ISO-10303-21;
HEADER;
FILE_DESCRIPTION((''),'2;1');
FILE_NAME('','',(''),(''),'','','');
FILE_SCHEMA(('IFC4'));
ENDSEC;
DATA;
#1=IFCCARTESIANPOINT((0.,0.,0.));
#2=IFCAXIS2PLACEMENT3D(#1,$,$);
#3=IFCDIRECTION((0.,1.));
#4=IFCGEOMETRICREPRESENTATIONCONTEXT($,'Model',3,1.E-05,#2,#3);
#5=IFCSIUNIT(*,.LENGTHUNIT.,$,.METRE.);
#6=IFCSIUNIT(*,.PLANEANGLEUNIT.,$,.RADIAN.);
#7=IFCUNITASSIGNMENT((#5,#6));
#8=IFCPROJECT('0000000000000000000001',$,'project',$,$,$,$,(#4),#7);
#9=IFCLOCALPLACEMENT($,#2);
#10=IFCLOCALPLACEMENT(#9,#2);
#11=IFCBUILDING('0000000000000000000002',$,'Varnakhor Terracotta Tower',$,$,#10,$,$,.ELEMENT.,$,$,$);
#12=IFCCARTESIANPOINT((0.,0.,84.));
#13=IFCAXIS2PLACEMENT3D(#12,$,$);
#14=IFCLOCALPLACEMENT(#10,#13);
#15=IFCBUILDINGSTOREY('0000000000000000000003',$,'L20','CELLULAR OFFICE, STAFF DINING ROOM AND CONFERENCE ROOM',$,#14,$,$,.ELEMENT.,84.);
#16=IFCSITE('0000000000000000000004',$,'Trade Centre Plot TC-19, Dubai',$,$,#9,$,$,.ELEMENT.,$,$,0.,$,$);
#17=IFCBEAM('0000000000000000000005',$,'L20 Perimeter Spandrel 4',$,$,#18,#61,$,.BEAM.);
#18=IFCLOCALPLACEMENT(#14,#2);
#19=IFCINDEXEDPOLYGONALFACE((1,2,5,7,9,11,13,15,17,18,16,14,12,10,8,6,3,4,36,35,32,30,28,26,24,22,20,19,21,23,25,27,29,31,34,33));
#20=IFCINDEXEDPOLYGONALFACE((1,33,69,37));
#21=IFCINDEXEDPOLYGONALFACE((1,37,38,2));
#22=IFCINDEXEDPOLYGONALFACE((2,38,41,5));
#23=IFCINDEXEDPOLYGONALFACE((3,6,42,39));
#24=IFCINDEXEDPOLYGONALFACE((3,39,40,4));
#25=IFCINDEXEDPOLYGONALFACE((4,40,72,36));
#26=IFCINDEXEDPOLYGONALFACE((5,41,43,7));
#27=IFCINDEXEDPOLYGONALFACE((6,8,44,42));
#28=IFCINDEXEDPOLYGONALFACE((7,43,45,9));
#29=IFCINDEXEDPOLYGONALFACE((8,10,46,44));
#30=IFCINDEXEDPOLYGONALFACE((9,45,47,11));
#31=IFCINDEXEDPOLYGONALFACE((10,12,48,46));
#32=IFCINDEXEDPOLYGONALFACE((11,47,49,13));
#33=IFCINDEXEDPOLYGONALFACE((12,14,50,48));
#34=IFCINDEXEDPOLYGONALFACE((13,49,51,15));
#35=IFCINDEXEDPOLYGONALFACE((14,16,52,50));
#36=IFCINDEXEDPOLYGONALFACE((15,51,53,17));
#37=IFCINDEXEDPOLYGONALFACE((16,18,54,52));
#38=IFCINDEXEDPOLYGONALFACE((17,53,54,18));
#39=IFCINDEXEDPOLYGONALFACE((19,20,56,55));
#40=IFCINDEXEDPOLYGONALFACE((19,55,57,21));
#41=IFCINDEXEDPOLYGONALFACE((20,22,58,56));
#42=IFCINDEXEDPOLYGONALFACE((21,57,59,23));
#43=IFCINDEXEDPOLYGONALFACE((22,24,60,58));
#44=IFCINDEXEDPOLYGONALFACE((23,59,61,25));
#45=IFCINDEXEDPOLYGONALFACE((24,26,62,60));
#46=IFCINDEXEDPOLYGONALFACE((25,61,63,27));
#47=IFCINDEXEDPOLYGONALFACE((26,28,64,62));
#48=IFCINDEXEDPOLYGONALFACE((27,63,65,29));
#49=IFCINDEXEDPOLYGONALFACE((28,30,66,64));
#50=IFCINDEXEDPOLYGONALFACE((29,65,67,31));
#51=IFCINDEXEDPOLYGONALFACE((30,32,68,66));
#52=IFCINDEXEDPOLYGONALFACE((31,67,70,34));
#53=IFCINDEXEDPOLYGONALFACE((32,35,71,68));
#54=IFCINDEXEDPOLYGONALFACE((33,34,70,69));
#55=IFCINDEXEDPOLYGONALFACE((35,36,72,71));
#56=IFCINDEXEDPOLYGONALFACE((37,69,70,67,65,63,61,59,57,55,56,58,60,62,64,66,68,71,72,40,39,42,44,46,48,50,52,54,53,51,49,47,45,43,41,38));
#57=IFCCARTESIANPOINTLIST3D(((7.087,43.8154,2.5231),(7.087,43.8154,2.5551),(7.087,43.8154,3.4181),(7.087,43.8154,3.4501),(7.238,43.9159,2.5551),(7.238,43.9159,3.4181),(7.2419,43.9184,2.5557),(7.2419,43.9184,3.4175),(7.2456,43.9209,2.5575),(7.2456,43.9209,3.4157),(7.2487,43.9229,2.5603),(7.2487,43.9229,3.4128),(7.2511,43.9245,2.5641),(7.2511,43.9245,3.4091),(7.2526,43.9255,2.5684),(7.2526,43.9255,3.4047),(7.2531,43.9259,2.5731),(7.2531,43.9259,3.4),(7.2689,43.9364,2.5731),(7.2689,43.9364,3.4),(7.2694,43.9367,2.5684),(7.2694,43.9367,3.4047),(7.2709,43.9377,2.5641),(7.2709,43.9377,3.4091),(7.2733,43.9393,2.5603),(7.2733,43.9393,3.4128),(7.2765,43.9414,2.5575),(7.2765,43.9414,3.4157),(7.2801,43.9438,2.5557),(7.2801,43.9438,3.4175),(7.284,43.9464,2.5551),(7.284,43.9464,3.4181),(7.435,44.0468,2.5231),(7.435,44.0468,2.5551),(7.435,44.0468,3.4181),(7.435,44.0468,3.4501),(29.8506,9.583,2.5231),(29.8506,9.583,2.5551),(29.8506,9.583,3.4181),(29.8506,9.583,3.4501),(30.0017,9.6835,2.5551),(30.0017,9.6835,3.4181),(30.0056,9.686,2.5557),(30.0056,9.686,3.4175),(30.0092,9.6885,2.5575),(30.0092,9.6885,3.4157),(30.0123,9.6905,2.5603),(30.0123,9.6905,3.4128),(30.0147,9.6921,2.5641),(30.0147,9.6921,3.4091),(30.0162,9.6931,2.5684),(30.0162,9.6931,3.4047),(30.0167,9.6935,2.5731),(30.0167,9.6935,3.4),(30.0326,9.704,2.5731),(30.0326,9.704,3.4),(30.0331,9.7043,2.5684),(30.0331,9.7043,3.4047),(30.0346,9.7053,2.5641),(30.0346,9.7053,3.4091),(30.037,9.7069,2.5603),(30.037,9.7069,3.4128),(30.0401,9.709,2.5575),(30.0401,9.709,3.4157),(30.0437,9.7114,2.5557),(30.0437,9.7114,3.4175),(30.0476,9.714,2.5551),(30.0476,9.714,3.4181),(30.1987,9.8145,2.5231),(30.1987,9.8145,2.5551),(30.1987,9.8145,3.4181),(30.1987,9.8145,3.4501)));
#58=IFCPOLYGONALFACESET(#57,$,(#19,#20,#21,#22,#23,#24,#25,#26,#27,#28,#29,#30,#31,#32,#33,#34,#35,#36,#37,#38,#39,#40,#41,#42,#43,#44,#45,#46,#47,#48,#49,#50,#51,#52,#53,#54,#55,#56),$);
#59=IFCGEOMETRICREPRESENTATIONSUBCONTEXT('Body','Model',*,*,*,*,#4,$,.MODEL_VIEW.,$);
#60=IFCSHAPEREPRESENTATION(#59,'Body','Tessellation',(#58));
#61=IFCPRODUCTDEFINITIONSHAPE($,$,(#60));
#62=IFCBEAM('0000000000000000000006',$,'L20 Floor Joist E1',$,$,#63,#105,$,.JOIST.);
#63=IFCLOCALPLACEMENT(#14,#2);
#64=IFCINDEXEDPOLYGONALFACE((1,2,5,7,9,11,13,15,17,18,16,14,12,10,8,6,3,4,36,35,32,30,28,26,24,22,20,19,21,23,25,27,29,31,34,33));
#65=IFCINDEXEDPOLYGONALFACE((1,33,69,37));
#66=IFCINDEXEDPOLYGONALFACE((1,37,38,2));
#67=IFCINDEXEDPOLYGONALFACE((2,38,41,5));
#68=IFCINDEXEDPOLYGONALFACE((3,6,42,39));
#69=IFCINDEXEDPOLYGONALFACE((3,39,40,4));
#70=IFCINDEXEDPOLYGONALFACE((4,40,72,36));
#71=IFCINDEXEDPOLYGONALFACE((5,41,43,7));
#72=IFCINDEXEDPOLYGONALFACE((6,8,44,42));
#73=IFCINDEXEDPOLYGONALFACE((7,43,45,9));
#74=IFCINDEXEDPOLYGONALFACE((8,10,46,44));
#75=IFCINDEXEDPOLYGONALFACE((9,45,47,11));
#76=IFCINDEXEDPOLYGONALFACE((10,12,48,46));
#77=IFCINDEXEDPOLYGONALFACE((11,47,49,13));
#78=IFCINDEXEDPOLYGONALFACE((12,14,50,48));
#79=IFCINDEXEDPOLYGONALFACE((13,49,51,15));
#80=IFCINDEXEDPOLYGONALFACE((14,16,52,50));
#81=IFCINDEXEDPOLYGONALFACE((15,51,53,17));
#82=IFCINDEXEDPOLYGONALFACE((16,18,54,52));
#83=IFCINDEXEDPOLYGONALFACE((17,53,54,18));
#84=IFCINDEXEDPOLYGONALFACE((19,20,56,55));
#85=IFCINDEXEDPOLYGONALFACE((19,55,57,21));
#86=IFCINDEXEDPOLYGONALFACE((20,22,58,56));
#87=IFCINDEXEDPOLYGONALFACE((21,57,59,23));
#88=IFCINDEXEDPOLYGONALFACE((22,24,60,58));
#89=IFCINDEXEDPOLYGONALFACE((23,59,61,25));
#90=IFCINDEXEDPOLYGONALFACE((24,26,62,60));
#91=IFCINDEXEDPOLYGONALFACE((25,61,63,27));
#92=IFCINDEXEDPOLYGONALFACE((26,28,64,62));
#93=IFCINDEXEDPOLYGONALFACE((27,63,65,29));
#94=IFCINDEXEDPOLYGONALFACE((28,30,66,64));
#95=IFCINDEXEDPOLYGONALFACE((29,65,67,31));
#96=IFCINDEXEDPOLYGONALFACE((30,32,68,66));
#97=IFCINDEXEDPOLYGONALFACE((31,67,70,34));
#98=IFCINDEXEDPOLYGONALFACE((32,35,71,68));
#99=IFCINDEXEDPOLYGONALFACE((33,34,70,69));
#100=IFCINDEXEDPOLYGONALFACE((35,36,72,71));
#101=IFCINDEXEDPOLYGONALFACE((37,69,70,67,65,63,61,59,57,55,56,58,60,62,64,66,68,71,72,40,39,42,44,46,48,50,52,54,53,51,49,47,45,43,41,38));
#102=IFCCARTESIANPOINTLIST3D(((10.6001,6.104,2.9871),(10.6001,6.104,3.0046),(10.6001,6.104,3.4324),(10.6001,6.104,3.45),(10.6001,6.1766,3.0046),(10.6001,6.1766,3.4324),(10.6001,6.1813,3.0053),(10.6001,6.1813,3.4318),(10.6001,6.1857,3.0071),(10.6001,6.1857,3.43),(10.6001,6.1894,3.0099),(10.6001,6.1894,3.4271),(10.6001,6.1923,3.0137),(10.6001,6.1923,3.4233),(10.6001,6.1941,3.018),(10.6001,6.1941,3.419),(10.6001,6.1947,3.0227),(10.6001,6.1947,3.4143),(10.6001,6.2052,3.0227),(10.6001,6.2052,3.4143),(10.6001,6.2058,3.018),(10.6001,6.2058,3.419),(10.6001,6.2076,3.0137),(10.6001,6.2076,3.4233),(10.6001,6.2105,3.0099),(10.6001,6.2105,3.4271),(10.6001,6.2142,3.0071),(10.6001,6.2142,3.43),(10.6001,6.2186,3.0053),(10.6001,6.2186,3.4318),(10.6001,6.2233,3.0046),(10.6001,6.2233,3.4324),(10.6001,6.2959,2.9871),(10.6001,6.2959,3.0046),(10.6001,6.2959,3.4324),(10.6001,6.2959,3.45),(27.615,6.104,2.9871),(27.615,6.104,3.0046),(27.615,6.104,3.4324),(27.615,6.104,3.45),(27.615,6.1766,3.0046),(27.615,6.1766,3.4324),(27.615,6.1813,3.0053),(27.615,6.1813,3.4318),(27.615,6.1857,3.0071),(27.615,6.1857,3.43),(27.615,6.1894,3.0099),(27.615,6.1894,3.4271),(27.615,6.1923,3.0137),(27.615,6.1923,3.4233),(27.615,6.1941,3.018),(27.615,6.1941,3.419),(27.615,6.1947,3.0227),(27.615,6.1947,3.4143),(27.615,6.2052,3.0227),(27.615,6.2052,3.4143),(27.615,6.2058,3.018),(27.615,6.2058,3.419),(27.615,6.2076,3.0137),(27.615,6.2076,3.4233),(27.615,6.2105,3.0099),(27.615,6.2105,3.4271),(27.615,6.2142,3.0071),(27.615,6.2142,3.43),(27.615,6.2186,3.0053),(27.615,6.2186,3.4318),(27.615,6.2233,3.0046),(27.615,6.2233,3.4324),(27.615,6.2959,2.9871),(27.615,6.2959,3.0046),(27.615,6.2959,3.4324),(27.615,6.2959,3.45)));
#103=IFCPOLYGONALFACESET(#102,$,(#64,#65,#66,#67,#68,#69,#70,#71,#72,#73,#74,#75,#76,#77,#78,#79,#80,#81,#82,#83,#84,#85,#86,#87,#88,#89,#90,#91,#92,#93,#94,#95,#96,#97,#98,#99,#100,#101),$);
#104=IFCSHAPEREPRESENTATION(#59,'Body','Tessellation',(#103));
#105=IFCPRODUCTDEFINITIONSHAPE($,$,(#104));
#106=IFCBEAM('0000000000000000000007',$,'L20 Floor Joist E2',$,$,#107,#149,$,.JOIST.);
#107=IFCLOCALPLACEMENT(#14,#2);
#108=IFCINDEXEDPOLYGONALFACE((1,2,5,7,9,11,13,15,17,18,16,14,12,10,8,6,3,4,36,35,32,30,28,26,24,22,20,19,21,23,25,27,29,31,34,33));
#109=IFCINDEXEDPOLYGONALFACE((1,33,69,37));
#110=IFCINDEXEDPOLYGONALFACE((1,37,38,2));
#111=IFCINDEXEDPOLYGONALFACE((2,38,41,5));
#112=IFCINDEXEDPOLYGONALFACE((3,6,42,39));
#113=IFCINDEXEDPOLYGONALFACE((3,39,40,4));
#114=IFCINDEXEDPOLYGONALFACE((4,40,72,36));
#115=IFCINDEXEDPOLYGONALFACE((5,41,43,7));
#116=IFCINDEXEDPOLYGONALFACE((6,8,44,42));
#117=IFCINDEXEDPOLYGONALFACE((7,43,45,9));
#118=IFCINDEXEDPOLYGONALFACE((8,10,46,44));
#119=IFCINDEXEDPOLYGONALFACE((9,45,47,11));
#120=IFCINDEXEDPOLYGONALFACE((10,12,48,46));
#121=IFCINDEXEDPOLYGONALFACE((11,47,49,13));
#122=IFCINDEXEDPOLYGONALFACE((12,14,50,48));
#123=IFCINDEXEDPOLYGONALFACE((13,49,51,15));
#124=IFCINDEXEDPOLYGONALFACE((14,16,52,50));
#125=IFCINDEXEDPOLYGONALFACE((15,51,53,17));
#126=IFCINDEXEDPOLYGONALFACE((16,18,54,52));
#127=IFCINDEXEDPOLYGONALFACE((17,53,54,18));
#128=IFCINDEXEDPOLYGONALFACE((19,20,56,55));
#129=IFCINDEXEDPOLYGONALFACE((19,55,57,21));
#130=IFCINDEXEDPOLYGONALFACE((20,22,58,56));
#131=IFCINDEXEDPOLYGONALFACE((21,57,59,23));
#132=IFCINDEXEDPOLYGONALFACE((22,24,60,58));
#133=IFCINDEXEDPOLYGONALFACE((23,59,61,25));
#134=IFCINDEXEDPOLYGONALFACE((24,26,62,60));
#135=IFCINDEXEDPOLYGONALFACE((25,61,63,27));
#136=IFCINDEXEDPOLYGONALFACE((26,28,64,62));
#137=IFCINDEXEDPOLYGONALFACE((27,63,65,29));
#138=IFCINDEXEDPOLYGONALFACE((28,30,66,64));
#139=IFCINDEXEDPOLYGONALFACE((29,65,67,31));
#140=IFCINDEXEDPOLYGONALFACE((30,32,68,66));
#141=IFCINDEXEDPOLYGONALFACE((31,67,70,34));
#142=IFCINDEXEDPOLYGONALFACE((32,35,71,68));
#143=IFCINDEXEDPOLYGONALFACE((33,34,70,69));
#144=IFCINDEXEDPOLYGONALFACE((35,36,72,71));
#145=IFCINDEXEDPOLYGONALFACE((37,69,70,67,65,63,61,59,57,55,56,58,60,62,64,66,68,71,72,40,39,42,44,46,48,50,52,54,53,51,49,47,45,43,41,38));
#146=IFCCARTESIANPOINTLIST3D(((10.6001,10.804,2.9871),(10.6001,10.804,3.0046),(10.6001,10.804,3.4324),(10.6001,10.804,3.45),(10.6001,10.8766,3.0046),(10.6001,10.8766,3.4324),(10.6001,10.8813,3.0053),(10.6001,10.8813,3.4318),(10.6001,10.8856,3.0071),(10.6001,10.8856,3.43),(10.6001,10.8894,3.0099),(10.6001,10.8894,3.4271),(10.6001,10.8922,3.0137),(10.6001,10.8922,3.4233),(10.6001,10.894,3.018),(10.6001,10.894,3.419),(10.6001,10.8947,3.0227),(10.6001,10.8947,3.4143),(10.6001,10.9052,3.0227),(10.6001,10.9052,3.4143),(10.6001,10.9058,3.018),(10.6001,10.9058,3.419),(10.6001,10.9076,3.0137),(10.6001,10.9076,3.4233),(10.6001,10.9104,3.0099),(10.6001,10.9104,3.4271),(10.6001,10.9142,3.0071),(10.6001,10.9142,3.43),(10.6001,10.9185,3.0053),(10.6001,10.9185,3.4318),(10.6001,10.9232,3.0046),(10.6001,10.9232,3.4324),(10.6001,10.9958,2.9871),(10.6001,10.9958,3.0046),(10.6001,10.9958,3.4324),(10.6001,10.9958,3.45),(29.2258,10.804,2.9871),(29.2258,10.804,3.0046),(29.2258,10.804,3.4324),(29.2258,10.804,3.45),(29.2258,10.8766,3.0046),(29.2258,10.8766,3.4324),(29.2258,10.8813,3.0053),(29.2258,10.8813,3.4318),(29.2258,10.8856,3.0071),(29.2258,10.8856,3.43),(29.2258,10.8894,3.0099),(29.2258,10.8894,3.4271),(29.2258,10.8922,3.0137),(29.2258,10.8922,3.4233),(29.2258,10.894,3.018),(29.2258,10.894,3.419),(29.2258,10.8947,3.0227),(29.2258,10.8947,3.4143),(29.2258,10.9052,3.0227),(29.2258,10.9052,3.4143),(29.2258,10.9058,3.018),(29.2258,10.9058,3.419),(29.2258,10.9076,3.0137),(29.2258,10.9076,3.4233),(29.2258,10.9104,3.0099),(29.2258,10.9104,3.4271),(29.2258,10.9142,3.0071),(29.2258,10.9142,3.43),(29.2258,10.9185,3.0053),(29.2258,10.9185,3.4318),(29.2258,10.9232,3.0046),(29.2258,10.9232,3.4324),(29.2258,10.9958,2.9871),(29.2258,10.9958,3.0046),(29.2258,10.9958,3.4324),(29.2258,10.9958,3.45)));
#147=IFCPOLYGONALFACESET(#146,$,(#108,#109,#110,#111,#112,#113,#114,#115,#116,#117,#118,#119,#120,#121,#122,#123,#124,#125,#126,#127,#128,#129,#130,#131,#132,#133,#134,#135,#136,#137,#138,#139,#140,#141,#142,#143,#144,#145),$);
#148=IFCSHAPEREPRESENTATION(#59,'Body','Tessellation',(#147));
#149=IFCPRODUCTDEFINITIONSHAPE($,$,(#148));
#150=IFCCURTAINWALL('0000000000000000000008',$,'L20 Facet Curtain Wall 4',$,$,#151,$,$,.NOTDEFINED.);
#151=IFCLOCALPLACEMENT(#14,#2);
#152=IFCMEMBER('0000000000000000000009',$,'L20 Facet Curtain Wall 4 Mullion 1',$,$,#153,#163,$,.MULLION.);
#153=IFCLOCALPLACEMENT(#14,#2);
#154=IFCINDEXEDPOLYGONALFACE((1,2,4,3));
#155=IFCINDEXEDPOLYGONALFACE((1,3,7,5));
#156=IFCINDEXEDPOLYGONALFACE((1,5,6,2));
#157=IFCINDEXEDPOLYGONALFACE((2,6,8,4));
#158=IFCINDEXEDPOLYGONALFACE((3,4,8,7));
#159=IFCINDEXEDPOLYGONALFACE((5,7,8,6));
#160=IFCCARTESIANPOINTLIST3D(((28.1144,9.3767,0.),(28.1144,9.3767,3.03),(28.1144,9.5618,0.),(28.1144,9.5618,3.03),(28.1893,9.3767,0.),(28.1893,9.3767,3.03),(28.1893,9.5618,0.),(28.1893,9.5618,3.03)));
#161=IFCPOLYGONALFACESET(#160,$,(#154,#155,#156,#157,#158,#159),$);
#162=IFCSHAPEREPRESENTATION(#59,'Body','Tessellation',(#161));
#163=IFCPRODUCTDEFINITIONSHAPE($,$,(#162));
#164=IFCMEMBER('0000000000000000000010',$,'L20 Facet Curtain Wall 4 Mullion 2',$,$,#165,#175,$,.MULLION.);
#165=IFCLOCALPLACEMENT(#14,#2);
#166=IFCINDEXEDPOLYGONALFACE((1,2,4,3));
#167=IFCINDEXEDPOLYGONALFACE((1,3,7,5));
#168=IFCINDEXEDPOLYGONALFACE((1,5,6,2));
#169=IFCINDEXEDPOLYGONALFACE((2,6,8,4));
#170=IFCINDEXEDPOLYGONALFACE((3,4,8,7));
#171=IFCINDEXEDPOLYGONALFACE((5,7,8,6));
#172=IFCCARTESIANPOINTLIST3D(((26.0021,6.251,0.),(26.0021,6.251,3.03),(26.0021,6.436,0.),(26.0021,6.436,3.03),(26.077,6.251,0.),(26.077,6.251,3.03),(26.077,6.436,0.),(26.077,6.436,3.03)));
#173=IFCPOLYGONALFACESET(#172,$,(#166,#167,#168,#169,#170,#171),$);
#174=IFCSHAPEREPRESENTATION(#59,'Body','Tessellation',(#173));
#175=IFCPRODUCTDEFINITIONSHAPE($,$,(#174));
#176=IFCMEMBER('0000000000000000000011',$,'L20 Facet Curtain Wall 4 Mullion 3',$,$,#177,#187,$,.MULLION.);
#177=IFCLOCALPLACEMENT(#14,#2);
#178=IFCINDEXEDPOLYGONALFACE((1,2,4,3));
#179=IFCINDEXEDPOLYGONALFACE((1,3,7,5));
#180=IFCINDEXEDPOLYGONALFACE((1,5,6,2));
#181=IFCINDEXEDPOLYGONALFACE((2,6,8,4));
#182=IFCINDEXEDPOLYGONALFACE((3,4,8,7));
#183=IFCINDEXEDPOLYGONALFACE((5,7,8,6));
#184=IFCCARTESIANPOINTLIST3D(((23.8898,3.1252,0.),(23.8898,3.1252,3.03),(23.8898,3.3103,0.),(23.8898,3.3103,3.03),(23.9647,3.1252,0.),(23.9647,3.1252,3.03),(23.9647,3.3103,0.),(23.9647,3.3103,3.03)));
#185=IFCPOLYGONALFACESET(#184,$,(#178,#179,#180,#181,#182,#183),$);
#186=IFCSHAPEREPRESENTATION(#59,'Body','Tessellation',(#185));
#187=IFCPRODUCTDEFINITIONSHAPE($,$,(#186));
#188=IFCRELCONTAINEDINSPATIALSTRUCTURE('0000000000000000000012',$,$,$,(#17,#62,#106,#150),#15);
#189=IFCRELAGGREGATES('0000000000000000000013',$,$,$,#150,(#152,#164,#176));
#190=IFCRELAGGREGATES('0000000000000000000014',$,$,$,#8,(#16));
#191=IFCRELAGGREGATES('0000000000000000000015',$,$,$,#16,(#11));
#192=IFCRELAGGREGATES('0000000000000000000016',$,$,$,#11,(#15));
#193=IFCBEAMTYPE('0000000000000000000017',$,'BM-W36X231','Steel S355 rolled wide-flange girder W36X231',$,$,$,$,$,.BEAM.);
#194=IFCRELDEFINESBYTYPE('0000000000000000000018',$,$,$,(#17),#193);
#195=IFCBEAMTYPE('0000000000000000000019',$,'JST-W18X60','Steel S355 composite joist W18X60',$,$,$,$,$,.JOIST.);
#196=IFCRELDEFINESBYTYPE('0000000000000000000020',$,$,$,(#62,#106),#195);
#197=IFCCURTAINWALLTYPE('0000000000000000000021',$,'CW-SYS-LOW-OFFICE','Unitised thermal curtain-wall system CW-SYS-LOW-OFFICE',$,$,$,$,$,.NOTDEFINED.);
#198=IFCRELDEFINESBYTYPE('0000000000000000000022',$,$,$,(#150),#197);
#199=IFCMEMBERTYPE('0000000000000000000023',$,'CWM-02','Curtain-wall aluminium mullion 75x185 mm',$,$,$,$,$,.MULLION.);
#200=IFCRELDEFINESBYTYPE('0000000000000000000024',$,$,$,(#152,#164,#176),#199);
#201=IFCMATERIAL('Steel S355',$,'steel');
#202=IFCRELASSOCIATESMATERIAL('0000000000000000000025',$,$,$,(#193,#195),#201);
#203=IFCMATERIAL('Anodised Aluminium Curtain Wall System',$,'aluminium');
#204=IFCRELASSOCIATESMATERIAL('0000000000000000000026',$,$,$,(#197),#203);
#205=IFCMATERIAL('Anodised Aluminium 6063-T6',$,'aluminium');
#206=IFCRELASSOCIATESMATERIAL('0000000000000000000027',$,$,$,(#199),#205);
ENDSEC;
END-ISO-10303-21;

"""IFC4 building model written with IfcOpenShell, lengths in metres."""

from ifc_helpers import new_model, si_unit, direction, frame, origin, origin_2d, place, context, subcontext, project, spatial, rectangle, i_section, extrude, source, transform, mapped, material, material_profile, profile_set, type_object, type_shapes, element, aggregate, save


model = new_model("IFC4")

# Units and contexts
model_context = context("Model", 3, precision=1e-05, world=origin(), true_north=direction((0.0, 1.0)))
body_context = subcontext(model_context, "Body", "Model", "MODEL_VIEW")
ifc_project = project(units=[si_unit("LENGTHUNIT", "METRE"), si_unit("PLANEANGLEUNIT", "RADIAN")], contexts=[model_context])

# Site, building, storey
site_placement = place(None, origin())
site = spatial("IfcSite", under=ifc_project, at=site_placement, Name="Trade Centre Plot TC-19, Dubai", CompositionType="ELEMENT", RefElevation=0.0)
building_placement = place(site_placement, origin())
building = spatial("IfcBuilding", under=site, at=building_placement, Name="Varnakhor Terracotta Tower", CompositionType="ELEMENT")
storey_placement = place(building_placement, frame((0.0, 0.0, 84.0)))
storey = spatial("IfcBuildingStorey", under=building, at=storey_placement, Name="L20", Description="CELLULAR OFFICE, STAFF DINING ROOM AND CONFERENCE ROOM", CompositionType="ELEMENT", Elevation=84.0)

# Beams
ifc_material_1 = material(Name="Steel S355", Category="steel")
ifc_material_profile_1 = material_profile(ifc_material_1, i_section(OverallWidth=0.418, OverallDepth=0.927, WebThickness=0.019, FlangeThickness=0.032, FilletRadius=0.0181, at=origin_2d()), Name="W36X231")
ifc_profile_set_1 = profile_set([ifc_material_profile_1], Name="Steel S355")
beam_type_1 = type_object("IfcBeamType", Name="BM-W36X231", Description="Steel S355 rolled wide-flange girder W36X231", PredefinedType="BEAM", material=ifc_profile_set_1)
shared_shape_1 = source(origin(), body_context, "Body", "SweptSolid", [
    extrude(i_section(OverallWidth=0.418, OverallDepth=0.927, WebThickness=0.019, FlangeThickness=0.032, FilletRadius=0.0181, at=origin_2d()), origin(), (0.0, 0.0, 1.0), 41.1101),
])
beam_1_placement = place(storey_placement, frame((30.0247, 9.6987, 2.9866), z_axis=(-0.553724, 0.8327, 0.0), x_axis=(-0.8327, -0.553724, 0.0)))
element("IfcBeam", 1, at=beam_1_placement, inside=storey, type_object=beam_type_1, Name="L20 Perimeter Spandrel 4", PredefinedType="BEAM", context=body_context, shape_type="MappedRepresentation", body=[
    mapped(shared_shape_1, transform((0.0, 0.0, 0.0), scale=1.0)),
])
ifc_material_profile_2 = material_profile(ifc_material_1, i_section(OverallWidth=0.1919, OverallDepth=0.4629, WebThickness=0.0105, FlangeThickness=0.0176, FilletRadius=0.0181, at=origin_2d()), Name="W18X60")
ifc_profile_set_2 = profile_set([ifc_material_profile_2], Name="Steel S355")
beam_type_2 = type_object("IfcBeamType", Name="JST-W18X60", Description="Steel S355 composite joist W18X60", PredefinedType="JOIST", material=ifc_profile_set_2)
shared_shape_2 = source(origin(), body_context, "Body", "SweptSolid", [
    extrude(i_section(OverallWidth=0.1919, OverallDepth=0.4629, WebThickness=0.0105, FlangeThickness=0.0176, FilletRadius=0.0181, at=origin_2d()), origin(), (0.0, 0.0, 1.0), 17.0149),
])
beam_2_placement = place(storey_placement, frame((10.6001, 6.2, 3.2185), z_axis=(1.0, 0.0, 0.0), x_axis=(0.0, 1.0, 0.0)))
element("IfcBeam", 2, at=beam_2_placement, inside=storey, type_object=beam_type_2, Name="L20 Floor Joist E1", PredefinedType="JOIST", context=body_context, shape_type="MappedRepresentation", body=[
    mapped(shared_shape_2, transform((0.0, 0.0, 0.0), scale=1.0)),
])
shared_shape_3 = source(origin(), body_context, "Body", "SweptSolid", [
    extrude(i_section(OverallWidth=0.1919, OverallDepth=0.4629, WebThickness=0.0105, FlangeThickness=0.0176, FilletRadius=0.0181, at=origin_2d()), origin(), (0.0, 0.0, 1.0), 18.6257),
])
beam_3_placement = place(storey_placement, frame((10.6001, 10.8999, 3.2185), z_axis=(1.0, 0.0, 0.0), x_axis=(0.0, 1.0, 0.0)))
element("IfcBeam", 3, at=beam_3_placement, inside=storey, type_object=beam_type_2, Name="L20 Floor Joist E2", PredefinedType="JOIST", context=body_context, shape_type="MappedRepresentation", body=[
    mapped(shared_shape_3, transform((0.0, 0.0, 0.0), scale=1.0)),
])

# Curtain wall, members
ifc_material_2 = material(Name="Anodised Aluminium Curtain Wall System", Category="aluminium")
curtain_wall_type = type_object("IfcCurtainWallType", Name="CW-SYS-LOW-OFFICE", Description="Unitised thermal curtain-wall system CW-SYS-LOW-OFFICE", PredefinedType="NOTDEFINED", material=ifc_material_2)
curtain_wall_1_placement = place(storey_placement, origin())
curtain_wall_1 = element("IfcCurtainWall", 4, at=curtain_wall_1_placement, inside=storey, type_object=curtain_wall_type, Name="L20 Facet Curtain Wall 4", PredefinedType="NOTDEFINED")
ifc_material_3 = material(Name="Anodised Aluminium 6063-T6", Category="aluminium")
ifc_material_profile_3 = material_profile(ifc_material_3, rectangle(XDim=0.075, YDim=0.1851, at=origin_2d()), Name="ALU MULLION 75x185")
ifc_profile_set_3 = profile_set([ifc_material_profile_3], Name="Anodised Aluminium 6063-T6")
member_type_1 = type_object("IfcMemberType", Name="CWM-02", Description="Curtain-wall aluminium mullion 75x185 mm", PredefinedType="MULLION", material=ifc_profile_set_3)
shared_shape_4 = source(origin(), body_context, "Body", "SweptSolid", [
    extrude(rectangle(XDim=0.075, YDim=0.1851, at=origin_2d()), origin(), (0.0, 0.0, 1.0), 3.03),
])
type_shapes(member_type_1, [shared_shape_4])
member_1_placement = place(storey_placement, frame((28.1519, 9.4692, 0.0), z_axis=(0.0, 0.0, 1.0), x_axis=(1.0, 0.0, 0.0)))
member_1 = element("IfcMember", 5, at=member_1_placement, type_object=member_type_1, Name="L20 Facet Curtain Wall 4 Mullion 1", PredefinedType="MULLION", context=body_context, shape_type="MappedRepresentation", body=[
    mapped(shared_shape_4, transform((0.0, 0.0, 0.0), scale=1.0)),
])
member_2_placement = place(storey_placement, frame((26.0396, 6.3435, 0.0), z_axis=(0.0, 0.0, 1.0), x_axis=(1.0, 0.0, 0.0)))
member_2 = element("IfcMember", 6, at=member_2_placement, type_object=member_type_1, Name="L20 Facet Curtain Wall 4 Mullion 2", PredefinedType="MULLION", context=body_context, shape_type="MappedRepresentation", body=[
    mapped(shared_shape_4, transform((0.0, 0.0, 0.0), scale=1.0)),
])
member_3_placement = place(storey_placement, frame((23.9272, 3.2178, 0.0), z_axis=(0.0, 0.0, 1.0), x_axis=(1.0, 0.0, 0.0)))
member_3 = element("IfcMember", 7, at=member_3_placement, type_object=member_type_1, Name="L20 Facet Curtain Wall 4 Mullion 3", PredefinedType="MULLION", context=body_context, shape_type="MappedRepresentation", body=[
    mapped(shared_shape_4, transform((0.0, 0.0, 0.0), scale=1.0)),
])

aggregate(curtain_wall_1, [member_1, member_2, member_3])

save(model, "model.ifc")
